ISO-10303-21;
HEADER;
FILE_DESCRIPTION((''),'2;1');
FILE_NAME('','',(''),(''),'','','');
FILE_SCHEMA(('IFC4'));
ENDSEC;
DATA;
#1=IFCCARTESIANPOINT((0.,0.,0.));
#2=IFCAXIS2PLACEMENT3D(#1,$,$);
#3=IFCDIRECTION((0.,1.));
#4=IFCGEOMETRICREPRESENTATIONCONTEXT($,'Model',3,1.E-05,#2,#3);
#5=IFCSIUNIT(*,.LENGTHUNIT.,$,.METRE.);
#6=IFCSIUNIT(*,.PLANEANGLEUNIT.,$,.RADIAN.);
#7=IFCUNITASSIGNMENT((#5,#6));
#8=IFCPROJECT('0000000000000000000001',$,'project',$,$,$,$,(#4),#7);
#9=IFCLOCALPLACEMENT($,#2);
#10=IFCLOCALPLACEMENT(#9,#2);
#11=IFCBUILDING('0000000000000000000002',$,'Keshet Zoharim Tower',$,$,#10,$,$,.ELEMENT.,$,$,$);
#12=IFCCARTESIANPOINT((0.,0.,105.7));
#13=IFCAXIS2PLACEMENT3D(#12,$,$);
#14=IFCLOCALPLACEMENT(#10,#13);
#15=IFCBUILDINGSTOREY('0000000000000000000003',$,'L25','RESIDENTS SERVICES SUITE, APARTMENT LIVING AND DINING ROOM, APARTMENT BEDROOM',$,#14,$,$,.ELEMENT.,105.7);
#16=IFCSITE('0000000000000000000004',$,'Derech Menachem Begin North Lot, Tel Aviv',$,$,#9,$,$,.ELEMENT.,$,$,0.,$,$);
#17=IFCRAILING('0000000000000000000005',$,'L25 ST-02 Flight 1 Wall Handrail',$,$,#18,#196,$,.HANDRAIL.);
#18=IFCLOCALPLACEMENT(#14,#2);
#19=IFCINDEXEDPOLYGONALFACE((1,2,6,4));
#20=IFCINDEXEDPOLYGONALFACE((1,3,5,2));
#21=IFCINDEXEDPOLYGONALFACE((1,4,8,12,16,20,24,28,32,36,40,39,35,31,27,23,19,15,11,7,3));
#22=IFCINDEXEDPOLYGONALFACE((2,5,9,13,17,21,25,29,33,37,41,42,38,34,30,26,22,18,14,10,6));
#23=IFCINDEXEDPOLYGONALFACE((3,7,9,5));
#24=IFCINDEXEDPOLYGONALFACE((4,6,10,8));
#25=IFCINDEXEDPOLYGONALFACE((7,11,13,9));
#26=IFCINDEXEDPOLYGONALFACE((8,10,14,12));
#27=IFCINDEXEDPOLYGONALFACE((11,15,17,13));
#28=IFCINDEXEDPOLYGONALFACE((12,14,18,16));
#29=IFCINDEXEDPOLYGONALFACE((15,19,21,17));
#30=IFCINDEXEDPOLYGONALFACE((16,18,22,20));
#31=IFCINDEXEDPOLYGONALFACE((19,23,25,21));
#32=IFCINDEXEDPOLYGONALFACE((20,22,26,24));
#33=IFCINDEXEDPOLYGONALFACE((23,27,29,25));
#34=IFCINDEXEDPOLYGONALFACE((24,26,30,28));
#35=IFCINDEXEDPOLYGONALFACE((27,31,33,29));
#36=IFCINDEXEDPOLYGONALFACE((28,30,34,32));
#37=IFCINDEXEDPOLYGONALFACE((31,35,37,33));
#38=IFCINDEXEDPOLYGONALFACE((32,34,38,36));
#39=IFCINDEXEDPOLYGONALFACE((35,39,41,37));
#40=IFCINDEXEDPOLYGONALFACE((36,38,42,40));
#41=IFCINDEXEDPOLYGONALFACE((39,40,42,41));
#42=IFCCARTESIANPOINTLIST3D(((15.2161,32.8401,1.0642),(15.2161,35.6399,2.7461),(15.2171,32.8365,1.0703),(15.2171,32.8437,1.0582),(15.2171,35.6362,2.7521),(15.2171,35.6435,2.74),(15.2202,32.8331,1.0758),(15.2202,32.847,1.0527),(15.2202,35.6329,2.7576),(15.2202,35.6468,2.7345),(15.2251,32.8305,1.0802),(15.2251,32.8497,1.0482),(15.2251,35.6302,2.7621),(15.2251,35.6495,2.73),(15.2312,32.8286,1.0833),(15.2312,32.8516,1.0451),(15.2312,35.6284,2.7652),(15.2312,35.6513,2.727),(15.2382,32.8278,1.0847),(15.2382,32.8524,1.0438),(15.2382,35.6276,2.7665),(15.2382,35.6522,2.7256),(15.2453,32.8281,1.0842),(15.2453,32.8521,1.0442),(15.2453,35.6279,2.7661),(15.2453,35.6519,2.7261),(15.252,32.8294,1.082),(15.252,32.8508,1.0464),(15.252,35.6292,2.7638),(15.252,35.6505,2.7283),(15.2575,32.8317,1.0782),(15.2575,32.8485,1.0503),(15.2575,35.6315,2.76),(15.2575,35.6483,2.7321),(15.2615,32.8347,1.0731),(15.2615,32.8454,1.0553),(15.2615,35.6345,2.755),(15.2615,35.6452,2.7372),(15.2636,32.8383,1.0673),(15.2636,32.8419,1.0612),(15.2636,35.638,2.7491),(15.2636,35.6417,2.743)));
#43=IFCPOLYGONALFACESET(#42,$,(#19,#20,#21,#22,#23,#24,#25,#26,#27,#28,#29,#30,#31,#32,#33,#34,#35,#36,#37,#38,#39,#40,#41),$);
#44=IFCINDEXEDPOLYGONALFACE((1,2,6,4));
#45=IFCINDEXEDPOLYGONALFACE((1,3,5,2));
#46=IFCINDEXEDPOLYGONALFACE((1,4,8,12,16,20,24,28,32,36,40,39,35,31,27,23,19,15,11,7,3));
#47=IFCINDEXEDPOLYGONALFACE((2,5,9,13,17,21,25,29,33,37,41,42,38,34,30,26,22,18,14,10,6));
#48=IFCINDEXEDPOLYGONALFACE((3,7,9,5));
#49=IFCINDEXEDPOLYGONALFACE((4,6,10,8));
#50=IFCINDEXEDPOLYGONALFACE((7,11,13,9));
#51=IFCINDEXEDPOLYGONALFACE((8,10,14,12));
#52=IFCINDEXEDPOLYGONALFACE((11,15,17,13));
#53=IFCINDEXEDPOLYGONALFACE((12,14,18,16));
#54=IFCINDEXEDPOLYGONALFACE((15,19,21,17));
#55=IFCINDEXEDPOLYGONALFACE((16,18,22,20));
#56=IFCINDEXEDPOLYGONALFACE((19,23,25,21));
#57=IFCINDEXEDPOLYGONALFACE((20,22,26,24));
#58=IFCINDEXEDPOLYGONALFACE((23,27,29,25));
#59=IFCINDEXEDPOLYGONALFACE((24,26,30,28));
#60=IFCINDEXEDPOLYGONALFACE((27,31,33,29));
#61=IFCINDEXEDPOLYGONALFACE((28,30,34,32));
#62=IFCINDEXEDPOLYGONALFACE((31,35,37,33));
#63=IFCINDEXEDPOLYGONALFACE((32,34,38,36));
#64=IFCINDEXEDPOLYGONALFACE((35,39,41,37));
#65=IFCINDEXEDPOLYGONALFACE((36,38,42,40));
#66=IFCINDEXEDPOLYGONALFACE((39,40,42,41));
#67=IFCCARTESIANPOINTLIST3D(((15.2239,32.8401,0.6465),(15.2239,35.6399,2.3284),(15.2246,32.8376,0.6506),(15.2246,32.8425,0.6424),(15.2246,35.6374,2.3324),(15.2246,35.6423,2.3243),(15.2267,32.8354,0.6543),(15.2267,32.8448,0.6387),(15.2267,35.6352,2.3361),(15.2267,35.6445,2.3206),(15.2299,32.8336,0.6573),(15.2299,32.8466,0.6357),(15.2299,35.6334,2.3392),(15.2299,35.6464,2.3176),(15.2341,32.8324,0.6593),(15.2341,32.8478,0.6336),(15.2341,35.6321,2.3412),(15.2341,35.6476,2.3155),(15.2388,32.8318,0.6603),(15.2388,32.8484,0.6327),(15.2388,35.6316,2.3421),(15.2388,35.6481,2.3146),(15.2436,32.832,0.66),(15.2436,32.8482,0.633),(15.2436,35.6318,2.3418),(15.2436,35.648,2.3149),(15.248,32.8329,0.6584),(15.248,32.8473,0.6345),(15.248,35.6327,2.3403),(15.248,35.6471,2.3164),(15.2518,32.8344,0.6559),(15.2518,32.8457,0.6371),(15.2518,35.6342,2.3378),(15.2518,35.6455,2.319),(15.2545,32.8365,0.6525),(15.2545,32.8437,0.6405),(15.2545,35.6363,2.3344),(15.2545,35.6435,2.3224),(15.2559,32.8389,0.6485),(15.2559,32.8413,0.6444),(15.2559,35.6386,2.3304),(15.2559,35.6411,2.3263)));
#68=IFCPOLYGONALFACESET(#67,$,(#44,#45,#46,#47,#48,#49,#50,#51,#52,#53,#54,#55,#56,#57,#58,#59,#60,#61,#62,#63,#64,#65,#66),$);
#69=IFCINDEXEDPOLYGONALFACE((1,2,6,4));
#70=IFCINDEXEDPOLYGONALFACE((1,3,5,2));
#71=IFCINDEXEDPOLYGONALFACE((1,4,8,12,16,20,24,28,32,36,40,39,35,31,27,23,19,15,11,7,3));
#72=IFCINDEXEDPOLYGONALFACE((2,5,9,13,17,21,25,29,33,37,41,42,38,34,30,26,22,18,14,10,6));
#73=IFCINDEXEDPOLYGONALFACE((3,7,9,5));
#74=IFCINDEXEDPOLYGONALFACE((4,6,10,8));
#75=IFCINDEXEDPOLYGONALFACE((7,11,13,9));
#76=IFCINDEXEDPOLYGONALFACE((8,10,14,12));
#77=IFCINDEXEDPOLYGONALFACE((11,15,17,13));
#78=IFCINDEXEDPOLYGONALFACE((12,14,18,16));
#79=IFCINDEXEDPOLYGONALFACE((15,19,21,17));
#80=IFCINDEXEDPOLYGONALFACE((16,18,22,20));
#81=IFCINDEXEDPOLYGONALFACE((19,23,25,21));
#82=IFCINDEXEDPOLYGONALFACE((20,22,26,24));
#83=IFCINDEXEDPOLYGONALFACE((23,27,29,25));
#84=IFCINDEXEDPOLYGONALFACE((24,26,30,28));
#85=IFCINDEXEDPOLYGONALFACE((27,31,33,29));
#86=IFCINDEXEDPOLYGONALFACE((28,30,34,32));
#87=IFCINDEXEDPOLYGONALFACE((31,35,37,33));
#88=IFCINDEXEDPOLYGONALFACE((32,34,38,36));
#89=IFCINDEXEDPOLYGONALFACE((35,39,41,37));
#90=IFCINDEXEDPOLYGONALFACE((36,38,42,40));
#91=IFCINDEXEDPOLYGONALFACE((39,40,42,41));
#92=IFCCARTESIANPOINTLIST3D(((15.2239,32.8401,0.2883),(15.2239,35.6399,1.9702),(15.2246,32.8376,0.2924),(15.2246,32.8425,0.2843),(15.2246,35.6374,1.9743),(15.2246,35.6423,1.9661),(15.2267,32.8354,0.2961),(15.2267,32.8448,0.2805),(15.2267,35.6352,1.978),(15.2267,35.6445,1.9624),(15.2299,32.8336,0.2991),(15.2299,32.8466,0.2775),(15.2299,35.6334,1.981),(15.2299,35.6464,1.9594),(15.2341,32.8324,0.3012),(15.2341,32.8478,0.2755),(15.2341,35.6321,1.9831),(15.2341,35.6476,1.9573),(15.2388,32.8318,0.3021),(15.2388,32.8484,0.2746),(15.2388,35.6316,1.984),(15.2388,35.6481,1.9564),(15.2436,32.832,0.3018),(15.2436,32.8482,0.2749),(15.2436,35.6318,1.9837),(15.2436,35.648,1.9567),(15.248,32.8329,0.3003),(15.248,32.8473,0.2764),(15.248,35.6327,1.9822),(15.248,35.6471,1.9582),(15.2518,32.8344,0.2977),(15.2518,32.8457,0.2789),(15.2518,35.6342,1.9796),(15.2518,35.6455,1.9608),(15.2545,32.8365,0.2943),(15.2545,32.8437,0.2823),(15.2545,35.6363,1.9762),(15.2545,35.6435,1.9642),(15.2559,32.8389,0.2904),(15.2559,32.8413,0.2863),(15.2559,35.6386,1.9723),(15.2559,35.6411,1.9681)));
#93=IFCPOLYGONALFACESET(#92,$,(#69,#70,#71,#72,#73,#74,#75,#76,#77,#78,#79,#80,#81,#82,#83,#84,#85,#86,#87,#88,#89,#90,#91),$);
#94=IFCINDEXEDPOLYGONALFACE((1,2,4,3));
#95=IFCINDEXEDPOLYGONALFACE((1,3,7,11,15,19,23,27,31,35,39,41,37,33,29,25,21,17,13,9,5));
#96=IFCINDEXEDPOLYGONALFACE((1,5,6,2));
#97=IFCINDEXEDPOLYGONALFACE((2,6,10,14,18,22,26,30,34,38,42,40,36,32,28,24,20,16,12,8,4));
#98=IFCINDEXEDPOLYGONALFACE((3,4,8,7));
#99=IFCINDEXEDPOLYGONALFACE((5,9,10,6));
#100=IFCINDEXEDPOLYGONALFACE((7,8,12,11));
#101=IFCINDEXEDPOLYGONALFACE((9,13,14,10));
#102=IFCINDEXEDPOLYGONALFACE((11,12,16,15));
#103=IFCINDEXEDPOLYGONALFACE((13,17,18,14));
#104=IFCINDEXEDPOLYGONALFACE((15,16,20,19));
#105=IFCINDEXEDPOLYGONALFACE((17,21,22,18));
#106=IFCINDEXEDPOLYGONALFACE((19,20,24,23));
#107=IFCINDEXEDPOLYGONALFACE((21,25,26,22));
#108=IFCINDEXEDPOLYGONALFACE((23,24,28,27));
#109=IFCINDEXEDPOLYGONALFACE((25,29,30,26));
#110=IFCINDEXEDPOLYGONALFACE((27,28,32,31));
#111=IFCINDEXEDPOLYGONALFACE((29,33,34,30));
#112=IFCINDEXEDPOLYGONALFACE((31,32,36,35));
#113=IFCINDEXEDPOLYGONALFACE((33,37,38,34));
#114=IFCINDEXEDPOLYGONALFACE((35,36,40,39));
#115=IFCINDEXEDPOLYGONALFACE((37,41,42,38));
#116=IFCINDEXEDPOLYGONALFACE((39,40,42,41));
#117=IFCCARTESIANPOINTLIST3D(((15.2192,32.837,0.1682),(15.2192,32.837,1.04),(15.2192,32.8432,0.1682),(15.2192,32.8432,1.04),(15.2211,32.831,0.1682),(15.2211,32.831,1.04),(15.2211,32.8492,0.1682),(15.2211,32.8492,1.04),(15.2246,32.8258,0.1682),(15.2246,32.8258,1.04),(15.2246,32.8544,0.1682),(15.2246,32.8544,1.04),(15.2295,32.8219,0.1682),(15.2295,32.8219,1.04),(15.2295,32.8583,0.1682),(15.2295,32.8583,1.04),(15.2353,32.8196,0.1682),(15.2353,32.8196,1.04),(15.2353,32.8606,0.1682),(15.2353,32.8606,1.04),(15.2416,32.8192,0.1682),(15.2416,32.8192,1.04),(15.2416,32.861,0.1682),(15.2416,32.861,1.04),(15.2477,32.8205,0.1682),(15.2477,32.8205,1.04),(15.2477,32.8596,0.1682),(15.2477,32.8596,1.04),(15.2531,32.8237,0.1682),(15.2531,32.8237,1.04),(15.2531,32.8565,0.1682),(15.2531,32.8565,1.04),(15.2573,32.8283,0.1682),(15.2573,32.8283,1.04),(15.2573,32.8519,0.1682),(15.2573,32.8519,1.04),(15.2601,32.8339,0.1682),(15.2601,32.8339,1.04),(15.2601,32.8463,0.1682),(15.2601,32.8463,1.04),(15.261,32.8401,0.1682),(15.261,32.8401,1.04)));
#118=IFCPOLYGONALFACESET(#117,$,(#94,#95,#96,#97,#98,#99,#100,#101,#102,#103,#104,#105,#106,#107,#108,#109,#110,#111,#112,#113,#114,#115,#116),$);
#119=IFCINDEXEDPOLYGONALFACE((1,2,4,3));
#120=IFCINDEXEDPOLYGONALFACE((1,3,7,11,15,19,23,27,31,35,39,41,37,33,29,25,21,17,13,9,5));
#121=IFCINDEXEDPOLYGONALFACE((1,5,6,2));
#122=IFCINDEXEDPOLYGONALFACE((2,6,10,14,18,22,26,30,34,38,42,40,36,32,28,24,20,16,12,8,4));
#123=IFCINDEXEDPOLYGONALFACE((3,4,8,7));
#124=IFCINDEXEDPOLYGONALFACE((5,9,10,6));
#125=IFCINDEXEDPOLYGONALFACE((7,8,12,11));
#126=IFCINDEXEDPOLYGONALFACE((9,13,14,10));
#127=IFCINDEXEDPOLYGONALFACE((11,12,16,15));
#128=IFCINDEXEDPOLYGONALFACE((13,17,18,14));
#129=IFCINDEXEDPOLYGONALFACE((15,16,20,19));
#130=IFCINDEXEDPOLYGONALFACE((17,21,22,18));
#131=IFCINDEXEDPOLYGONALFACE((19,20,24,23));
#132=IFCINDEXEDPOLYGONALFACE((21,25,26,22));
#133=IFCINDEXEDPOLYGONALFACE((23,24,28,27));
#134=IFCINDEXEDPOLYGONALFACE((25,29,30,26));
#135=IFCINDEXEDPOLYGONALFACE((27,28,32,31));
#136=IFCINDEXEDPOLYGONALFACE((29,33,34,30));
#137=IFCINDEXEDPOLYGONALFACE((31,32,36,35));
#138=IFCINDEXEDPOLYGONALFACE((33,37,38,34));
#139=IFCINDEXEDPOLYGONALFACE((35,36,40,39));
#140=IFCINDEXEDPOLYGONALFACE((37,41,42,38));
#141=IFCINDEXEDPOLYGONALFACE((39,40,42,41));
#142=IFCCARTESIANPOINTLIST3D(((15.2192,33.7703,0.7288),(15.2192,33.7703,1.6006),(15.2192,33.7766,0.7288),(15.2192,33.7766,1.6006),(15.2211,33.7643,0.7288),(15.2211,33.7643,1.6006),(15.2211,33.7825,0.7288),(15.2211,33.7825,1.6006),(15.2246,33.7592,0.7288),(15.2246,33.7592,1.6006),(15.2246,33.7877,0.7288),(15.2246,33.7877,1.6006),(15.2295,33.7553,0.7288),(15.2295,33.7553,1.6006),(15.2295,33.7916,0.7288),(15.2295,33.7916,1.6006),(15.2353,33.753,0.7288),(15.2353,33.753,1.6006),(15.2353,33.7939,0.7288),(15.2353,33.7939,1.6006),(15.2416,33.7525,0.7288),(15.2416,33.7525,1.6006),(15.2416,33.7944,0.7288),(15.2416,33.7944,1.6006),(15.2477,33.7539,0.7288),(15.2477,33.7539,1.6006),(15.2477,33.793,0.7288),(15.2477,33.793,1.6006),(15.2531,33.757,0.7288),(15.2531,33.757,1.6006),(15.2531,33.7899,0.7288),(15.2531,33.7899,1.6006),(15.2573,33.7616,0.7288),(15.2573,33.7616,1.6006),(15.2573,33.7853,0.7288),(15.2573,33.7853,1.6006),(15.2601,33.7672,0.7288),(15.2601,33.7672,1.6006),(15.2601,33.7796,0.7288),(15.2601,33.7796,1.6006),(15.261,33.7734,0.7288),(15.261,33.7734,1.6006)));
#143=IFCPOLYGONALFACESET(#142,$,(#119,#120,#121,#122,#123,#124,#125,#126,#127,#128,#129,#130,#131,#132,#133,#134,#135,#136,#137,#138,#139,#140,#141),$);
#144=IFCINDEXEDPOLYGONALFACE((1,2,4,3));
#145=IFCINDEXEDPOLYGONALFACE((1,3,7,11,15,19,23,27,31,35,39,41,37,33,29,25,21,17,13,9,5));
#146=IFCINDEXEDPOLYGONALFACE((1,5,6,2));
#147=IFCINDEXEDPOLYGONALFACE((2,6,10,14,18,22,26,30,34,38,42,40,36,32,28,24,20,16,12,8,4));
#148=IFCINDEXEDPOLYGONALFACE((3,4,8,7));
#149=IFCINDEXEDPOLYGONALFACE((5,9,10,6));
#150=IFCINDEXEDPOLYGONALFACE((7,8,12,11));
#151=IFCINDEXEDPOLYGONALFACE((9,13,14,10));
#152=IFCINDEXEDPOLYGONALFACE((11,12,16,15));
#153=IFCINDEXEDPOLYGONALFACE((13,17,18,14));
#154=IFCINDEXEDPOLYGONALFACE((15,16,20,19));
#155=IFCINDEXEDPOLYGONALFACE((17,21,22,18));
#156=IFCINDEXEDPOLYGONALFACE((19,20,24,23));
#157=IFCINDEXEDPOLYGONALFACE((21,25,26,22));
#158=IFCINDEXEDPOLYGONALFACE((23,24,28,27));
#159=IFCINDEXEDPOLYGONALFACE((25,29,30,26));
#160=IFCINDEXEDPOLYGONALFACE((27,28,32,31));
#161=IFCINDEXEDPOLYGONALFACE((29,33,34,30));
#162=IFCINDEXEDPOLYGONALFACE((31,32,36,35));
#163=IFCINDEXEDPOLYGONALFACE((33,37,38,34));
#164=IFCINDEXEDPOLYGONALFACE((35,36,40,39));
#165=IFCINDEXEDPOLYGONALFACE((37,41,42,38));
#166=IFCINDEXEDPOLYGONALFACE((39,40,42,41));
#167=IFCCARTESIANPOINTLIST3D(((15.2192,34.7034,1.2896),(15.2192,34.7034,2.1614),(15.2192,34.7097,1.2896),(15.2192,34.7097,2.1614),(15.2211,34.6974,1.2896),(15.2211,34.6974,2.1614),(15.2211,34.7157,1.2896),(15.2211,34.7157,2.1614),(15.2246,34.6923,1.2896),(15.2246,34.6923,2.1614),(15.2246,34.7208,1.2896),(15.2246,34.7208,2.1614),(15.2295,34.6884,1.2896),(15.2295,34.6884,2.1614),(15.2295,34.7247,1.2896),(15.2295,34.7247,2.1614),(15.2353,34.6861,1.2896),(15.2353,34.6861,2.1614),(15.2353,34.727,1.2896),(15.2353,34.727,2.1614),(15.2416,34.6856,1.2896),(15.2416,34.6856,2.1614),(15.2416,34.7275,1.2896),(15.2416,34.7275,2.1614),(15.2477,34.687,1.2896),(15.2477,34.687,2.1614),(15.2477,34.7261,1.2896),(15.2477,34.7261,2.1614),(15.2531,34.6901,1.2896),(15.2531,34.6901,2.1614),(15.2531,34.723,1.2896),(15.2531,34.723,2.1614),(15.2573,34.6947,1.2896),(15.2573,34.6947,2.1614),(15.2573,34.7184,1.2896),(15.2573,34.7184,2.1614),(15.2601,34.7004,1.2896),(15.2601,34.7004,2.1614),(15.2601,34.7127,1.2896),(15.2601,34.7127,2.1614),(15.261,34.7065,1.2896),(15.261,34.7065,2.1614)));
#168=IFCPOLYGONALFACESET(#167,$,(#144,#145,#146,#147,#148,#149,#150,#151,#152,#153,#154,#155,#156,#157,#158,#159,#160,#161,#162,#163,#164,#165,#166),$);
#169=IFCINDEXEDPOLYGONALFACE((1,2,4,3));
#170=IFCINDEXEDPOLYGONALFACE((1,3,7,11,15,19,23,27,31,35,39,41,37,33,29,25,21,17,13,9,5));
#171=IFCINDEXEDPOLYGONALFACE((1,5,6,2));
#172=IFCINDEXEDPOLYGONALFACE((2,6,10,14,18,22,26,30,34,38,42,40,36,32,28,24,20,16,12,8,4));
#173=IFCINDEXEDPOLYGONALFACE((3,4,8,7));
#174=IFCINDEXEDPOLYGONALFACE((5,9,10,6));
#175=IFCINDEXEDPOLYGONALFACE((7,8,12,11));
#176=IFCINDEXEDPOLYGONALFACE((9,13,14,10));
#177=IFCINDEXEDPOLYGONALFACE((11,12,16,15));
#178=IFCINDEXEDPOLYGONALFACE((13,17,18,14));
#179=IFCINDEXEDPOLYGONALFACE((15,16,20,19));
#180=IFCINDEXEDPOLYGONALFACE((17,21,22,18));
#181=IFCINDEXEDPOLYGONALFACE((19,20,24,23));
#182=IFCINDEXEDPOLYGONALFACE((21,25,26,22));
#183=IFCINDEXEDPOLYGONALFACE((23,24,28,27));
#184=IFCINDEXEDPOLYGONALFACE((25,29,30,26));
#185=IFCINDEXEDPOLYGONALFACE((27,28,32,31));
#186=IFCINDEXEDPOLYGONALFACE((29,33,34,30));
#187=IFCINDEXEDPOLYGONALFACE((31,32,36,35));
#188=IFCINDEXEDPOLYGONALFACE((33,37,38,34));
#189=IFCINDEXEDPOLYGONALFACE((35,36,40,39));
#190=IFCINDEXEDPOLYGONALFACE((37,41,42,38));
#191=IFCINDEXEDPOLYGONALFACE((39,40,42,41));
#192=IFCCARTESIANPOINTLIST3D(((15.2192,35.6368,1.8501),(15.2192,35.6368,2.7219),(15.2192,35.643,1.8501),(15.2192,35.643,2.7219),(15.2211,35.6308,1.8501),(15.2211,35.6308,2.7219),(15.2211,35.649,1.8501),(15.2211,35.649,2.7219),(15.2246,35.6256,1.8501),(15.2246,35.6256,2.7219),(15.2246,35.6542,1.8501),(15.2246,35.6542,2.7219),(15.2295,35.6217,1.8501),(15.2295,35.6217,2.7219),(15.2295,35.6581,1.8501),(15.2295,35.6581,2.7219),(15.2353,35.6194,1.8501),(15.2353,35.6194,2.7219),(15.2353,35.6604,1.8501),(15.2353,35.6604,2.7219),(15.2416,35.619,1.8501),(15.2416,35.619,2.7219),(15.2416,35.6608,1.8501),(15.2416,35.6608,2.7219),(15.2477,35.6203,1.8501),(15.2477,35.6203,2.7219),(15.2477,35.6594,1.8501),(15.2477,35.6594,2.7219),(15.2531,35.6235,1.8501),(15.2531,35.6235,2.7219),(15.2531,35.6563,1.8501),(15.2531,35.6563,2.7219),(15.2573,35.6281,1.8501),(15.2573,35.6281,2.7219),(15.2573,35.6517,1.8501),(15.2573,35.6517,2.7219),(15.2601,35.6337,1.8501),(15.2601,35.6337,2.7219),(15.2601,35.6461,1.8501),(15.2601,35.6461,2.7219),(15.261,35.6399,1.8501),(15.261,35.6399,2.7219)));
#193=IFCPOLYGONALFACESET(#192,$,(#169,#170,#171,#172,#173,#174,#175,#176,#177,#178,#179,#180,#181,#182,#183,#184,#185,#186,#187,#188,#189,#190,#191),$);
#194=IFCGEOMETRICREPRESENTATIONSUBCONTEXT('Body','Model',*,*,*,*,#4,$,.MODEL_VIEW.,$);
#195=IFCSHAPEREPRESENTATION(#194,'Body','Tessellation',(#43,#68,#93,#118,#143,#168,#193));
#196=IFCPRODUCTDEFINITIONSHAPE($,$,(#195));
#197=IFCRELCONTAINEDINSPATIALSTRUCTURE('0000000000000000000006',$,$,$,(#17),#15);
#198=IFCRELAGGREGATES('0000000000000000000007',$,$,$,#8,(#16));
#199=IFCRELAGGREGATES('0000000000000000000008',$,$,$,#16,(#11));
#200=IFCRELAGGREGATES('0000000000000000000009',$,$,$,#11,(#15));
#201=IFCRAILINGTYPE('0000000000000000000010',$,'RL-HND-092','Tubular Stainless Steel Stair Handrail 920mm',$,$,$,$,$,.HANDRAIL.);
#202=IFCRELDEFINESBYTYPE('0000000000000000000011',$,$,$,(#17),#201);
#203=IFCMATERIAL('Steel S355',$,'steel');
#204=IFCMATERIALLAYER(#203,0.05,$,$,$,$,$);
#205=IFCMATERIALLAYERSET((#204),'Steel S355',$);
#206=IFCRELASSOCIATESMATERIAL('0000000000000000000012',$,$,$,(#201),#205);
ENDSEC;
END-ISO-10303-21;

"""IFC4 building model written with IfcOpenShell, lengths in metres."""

from ifc_helpers import new_model, si_unit, direction, frame, origin, origin_2d, place, context, subcontext, project, spatial, circle, extrude, material, layer, layer_set, type_object, element, save


model = new_model("IFC4")

# Units and contexts
model_context = context("Model", 3, precision=1e-05, world=origin(), true_north=direction((0.0, 1.0)))
body_context = subcontext(model_context, "Body", "Model", "MODEL_VIEW")
ifc_project = project(units=[si_unit("LENGTHUNIT", "METRE"), si_unit("PLANEANGLEUNIT", "RADIAN")], contexts=[model_context])

# Site, building, storey
site_placement = place(None, origin())
site = spatial("IfcSite", under=ifc_project, at=site_placement, Name="Derech Menachem Begin North Lot, Tel Aviv", CompositionType="ELEMENT", RefElevation=0.0)
building_placement = place(site_placement, origin())
building = spatial("IfcBuilding", under=site, at=building_placement, Name="Keshet Zoharim Tower", CompositionType="ELEMENT")
storey_placement = place(building_placement, frame((0.0, 0.0, 105.7)))
storey = spatial("IfcBuildingStorey", under=building, at=storey_placement, Name="L25", Description="RESIDENTS SERVICES SUITE, APARTMENT LIVING AND DINING ROOM, APARTMENT BEDROOM", CompositionType="ELEMENT", Elevation=105.7)

# Shared definitions
ifc_material_1 = material(Name="Steel S355", Category="steel")

# Railing
ifc_layer_1 = layer(ifc_material_1, 0.05)
ifc_layer_set_1 = layer_set([ifc_layer_1], Name="Steel S355")
railing_type_1 = type_object("IfcRailingType", Name="RL-HND-092", Description="Tubular Stainless Steel Stair Handrail 920mm", PredefinedType="HANDRAIL", material=ifc_layer_set_1)
railing_1_placement = place(storey_placement, frame((15.24, 32.8401, 0.1682)))
element("IfcRailing", 1, at=railing_1_placement, inside=storey, type_object=railing_type_1, Name="L25 ST-02 Flight 1 Wall Handrail", PredefinedType="HANDRAIL", context=body_context, shape_type="SweptSolid", body=[
    extrude(circle(Radius=0.0239, at=origin_2d()), frame((0.0, 0.0, 0.896), z_axis=(0.0, 0.857222, 0.514946), x_axis=(-1.0, 0.0, 0.0)), (0.0, 0.0, 1.0), 3.2661),
    extrude(circle(Radius=0.0161, at=origin_2d()), frame((0.0, 0.0, 0.4783), z_axis=(0.0, 0.857222, 0.514946), x_axis=(-1.0, 0.0, 0.0)), (0.0, 0.0, 1.0), 3.2661),
    extrude(circle(Radius=0.0161, at=origin_2d()), frame((0.0, 0.0, 0.1201), z_axis=(0.0, 0.857222, 0.514946), x_axis=(-1.0, 0.0, 0.0)), (0.0, 0.0, 1.0), 3.2661),
    extrude(circle(Radius=0.021, at=origin_2d()), origin(), (0.0, 0.0, 1.0), 0.8718),
    extrude(circle(Radius=0.021, at=origin_2d()), frame((0.0, 0.9333, 0.5605)), (0.0, 0.0, 1.0), 0.8718),
    extrude(circle(Radius=0.021, at=origin_2d()), frame((0.0, 1.8665, 1.1213)), (0.0, 0.0, 1.0), 0.8718),
    extrude(circle(Radius=0.021, at=origin_2d()), frame((0.0, 2.7998, 1.6819)), (0.0, 0.0, 1.0), 0.8718),
])

save(model, "model.ifc")
